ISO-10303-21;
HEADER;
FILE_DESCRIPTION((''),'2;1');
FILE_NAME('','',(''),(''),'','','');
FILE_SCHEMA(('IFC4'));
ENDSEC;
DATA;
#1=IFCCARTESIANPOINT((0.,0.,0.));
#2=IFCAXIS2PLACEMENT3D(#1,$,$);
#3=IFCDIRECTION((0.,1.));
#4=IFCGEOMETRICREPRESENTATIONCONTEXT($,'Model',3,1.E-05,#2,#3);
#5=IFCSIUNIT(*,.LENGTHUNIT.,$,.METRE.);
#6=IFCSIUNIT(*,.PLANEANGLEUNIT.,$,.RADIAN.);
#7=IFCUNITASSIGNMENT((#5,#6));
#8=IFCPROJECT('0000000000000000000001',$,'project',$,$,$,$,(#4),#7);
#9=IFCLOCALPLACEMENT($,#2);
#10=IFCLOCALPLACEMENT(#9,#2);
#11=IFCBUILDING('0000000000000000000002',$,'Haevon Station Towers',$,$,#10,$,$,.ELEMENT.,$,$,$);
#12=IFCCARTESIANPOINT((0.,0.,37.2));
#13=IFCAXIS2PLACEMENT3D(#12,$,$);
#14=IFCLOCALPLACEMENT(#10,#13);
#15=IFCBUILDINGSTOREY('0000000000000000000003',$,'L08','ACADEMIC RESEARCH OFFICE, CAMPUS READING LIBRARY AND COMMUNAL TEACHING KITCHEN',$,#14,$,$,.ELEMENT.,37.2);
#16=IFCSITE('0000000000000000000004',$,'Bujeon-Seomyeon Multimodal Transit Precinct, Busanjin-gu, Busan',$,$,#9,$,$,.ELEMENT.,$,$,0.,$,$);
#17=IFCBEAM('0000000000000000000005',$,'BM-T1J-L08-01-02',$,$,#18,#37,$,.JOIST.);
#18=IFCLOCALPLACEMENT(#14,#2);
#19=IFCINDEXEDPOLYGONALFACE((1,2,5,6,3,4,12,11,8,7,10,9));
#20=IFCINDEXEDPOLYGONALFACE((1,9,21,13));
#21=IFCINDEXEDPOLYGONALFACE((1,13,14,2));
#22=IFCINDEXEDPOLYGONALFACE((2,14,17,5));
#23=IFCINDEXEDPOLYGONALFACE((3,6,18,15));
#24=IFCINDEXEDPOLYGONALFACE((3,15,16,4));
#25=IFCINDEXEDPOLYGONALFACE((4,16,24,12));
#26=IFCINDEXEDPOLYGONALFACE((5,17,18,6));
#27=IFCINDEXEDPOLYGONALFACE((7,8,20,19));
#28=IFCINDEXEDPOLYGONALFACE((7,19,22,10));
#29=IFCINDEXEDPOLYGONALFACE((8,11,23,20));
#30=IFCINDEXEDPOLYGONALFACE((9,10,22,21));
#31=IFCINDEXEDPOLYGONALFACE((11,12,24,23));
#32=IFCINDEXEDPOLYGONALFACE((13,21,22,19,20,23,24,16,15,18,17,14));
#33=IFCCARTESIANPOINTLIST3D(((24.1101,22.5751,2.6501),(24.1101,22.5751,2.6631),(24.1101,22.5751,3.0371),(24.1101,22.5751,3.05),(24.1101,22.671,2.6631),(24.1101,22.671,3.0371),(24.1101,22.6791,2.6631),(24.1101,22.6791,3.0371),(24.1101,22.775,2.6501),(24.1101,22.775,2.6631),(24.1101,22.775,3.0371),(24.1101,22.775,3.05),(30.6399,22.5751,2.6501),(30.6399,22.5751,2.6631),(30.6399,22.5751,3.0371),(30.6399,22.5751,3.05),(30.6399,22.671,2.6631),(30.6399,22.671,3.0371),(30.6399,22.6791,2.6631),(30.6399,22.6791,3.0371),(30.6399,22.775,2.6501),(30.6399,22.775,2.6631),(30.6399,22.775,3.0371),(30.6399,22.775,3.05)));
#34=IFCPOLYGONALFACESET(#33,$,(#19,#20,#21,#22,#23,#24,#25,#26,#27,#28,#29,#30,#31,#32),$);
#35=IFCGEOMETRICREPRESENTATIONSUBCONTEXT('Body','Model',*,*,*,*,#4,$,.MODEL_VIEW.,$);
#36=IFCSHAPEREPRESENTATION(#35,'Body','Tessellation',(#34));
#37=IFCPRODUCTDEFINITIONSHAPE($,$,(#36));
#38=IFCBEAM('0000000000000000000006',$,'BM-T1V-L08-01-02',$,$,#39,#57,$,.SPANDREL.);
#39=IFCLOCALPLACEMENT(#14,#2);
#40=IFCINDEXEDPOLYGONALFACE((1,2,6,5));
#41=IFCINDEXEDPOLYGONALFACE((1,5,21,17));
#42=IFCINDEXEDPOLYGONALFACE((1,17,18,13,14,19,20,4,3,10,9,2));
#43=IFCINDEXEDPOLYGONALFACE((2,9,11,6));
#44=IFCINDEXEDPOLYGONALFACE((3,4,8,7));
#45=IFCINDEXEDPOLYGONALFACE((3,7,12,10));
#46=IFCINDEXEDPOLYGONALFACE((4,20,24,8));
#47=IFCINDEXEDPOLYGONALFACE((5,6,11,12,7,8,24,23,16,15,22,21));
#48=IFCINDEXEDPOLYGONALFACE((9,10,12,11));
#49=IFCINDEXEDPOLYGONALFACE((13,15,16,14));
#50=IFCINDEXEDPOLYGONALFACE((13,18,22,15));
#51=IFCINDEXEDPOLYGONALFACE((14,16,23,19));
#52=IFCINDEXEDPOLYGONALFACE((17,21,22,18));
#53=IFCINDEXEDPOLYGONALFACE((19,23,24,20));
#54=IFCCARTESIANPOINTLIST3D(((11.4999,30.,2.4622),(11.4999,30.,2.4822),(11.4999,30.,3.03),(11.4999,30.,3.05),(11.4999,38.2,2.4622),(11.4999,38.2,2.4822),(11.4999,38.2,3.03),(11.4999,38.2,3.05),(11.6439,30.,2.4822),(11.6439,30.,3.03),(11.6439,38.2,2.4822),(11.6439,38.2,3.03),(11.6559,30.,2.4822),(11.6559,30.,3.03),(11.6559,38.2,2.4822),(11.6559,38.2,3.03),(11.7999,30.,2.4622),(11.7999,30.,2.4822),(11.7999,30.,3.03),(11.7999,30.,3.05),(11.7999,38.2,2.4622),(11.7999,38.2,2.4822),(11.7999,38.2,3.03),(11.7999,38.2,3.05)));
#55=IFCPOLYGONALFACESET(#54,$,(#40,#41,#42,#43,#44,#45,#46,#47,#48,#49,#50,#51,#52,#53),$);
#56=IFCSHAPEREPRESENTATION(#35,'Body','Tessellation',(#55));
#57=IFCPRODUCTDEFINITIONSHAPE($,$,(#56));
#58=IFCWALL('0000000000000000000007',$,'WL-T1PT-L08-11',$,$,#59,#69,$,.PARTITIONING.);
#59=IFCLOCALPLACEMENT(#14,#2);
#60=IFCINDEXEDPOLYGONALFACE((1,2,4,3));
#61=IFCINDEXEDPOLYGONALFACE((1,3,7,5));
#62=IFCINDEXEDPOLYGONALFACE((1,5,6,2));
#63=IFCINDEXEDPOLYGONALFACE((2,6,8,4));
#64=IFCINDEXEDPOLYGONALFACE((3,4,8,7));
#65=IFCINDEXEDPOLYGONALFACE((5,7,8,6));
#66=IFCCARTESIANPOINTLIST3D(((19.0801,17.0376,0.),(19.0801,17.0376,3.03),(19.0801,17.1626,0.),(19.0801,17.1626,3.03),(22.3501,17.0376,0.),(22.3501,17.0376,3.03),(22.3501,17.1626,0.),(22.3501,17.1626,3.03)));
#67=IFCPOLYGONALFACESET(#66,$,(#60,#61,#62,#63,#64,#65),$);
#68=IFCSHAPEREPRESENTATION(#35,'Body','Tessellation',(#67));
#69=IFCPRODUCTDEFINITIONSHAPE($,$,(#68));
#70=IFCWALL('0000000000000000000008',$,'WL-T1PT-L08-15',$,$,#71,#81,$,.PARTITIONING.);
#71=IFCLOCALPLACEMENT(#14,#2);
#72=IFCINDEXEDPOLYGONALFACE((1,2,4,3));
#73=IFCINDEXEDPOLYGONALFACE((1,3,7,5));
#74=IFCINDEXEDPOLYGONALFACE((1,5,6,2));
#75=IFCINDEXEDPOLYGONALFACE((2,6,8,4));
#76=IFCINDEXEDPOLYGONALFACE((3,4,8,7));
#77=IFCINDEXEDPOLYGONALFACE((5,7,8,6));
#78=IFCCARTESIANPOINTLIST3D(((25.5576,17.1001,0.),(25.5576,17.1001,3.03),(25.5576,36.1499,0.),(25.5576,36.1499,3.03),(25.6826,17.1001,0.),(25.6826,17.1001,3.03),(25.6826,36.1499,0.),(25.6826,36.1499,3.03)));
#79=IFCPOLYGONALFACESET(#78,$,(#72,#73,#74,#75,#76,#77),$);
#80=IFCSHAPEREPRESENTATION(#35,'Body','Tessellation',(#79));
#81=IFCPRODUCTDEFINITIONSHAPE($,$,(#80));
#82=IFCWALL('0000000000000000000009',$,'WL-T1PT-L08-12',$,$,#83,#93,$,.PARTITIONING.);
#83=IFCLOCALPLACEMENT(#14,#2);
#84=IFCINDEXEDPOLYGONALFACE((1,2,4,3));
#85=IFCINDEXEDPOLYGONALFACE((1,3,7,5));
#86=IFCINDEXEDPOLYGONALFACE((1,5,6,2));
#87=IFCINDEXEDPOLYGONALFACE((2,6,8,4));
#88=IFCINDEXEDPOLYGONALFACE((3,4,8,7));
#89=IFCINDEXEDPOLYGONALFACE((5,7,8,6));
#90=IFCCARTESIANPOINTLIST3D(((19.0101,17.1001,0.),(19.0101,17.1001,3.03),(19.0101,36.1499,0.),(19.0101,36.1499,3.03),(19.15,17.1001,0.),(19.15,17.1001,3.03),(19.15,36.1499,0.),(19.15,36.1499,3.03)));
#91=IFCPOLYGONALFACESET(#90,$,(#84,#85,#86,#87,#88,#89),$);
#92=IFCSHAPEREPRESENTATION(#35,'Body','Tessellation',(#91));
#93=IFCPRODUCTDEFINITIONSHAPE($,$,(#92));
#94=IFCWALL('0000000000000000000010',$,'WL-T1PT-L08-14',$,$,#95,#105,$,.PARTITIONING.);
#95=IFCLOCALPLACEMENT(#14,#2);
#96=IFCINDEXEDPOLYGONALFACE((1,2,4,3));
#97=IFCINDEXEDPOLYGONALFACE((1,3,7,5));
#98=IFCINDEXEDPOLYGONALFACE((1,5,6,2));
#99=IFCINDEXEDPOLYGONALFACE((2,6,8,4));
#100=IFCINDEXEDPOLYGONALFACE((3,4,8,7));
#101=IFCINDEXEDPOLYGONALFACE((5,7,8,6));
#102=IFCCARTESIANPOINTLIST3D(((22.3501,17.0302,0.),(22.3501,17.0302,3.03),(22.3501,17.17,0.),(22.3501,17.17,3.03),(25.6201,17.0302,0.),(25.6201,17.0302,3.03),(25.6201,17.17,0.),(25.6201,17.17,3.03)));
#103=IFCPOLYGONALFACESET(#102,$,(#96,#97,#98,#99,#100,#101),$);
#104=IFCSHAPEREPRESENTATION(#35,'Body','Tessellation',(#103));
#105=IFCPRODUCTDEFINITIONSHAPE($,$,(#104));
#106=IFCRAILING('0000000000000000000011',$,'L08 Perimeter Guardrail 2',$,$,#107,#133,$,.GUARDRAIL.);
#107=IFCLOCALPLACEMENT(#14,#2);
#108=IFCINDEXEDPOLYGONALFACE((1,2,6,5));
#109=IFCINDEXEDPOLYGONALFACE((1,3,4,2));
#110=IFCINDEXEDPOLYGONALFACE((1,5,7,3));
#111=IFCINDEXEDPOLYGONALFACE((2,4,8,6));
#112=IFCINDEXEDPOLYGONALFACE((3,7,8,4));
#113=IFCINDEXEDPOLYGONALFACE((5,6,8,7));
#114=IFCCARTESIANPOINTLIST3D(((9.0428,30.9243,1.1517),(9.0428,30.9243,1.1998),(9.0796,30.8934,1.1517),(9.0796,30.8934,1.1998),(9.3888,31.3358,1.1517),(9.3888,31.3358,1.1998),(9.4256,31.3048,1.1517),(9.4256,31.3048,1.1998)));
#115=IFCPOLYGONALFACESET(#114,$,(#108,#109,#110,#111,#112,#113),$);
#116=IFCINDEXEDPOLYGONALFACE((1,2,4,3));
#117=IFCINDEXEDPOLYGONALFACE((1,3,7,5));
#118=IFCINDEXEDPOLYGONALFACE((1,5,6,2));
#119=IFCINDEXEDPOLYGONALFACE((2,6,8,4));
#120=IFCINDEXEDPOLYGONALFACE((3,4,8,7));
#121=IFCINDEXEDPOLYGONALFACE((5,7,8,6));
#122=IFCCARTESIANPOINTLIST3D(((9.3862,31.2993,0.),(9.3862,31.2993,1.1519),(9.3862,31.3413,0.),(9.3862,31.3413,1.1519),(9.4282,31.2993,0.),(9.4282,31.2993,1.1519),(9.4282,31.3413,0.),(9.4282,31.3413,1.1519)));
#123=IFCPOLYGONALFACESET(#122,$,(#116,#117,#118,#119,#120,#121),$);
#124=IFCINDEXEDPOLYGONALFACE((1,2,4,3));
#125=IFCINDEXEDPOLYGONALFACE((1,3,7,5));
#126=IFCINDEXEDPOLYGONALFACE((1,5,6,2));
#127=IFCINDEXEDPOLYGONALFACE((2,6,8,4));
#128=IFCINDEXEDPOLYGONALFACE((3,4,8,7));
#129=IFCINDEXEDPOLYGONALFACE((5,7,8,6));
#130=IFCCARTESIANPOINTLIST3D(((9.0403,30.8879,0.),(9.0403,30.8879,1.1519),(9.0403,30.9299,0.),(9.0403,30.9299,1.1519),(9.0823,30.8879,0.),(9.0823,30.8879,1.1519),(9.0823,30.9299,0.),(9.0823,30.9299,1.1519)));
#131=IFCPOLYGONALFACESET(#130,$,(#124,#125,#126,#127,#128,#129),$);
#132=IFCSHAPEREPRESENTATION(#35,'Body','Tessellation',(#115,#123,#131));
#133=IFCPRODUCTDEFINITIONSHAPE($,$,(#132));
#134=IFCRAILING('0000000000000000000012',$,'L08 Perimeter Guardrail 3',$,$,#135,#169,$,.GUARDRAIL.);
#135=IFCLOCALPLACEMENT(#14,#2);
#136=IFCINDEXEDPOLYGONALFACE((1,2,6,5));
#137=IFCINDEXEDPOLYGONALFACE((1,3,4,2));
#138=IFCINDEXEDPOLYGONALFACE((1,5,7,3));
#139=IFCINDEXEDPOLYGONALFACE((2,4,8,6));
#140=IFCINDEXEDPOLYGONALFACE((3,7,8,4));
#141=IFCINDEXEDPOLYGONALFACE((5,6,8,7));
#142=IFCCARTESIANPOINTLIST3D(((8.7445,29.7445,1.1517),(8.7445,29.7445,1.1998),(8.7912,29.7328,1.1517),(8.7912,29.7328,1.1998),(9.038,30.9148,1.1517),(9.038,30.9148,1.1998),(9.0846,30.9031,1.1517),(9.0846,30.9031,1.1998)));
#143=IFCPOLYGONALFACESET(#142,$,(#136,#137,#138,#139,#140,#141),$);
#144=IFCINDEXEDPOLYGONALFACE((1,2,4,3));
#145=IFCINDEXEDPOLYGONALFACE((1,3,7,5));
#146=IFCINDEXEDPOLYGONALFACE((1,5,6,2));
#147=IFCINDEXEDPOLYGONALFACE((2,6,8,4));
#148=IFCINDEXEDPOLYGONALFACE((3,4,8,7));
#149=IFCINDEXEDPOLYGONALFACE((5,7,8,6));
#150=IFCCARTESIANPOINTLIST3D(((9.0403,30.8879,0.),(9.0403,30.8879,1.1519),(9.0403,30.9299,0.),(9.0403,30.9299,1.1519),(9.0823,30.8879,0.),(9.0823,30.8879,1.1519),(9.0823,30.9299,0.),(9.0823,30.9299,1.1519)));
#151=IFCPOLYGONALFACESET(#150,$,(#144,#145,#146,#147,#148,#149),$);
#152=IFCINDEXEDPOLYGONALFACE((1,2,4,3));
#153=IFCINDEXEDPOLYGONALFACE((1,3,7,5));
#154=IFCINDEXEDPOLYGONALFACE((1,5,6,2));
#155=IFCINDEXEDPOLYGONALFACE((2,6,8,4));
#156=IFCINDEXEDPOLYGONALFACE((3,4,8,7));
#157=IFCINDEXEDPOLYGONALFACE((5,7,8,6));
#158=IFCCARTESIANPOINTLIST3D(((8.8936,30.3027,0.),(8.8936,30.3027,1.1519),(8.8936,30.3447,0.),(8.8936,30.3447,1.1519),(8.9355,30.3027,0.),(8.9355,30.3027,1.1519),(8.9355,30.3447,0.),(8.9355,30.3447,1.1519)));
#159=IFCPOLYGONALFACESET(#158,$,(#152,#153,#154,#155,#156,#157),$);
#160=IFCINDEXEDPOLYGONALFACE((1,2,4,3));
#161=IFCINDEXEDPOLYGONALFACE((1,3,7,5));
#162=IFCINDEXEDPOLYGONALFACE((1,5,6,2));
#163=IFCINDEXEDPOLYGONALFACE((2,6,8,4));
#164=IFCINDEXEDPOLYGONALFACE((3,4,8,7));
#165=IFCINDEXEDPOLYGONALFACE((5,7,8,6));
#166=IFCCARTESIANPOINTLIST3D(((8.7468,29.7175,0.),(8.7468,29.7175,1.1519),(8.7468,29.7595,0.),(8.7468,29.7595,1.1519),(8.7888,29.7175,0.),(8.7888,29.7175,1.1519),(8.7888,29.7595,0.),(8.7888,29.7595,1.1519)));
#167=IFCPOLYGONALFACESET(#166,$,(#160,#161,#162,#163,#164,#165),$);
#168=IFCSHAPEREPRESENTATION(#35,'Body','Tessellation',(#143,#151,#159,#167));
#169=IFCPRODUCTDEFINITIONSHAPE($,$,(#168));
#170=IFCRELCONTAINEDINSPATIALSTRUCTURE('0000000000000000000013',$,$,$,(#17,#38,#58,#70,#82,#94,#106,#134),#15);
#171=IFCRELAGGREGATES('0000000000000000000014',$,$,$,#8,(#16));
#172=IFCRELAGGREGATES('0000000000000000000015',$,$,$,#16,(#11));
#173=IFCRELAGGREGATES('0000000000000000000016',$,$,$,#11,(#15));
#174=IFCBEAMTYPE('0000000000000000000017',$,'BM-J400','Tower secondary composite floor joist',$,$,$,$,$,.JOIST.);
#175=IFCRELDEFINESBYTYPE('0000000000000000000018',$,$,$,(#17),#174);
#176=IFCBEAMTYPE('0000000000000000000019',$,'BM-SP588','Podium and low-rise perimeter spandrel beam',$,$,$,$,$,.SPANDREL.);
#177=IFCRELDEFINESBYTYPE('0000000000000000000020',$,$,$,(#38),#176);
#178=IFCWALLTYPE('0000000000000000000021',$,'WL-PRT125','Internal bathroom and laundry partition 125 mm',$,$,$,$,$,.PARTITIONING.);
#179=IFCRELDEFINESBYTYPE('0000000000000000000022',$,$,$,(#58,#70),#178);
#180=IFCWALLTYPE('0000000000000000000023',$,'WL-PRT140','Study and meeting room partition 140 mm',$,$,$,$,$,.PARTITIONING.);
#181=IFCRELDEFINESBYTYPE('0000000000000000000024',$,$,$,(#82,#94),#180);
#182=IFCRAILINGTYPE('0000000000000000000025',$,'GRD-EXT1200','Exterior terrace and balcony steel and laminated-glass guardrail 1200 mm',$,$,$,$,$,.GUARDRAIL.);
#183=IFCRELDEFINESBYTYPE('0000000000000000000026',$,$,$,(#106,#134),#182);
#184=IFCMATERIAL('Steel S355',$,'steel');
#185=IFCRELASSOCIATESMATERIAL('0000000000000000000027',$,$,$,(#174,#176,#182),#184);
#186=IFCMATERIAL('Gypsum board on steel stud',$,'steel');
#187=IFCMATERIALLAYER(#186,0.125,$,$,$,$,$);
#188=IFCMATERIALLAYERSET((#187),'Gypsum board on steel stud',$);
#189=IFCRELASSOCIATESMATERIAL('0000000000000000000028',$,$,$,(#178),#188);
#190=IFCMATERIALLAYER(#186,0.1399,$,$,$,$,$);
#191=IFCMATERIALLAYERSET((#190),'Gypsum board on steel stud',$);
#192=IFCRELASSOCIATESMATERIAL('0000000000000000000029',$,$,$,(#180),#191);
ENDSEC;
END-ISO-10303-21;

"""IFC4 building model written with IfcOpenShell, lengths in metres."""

from ifc_helpers import new_model, si_unit, direction, frame, frame_2d, origin, origin_2d, place, context, subcontext, project, spatial, rectangle, i_section, extrude, material, layer, layer_set, material_profile, profile_set, type_object, element, save


model = new_model("IFC4")

# Units and contexts
model_context = context("Model", 3, precision=1e-05, world=origin(), true_north=direction((0.0, 1.0)))
body_context = subcontext(model_context, "Body", "Model", "MODEL_VIEW")
ifc_project = project(units=[si_unit("LENGTHUNIT", "METRE"), si_unit("PLANEANGLEUNIT", "RADIAN")], contexts=[model_context])

# Site, building, storey
site_placement = place(None, origin())
site = spatial("IfcSite", under=ifc_project, at=site_placement, Name="Bujeon-Seomyeon Multimodal Transit Precinct, Busanjin-gu, Busan", CompositionType="ELEMENT", RefElevation=0.0)
building_placement = place(site_placement, origin())
building = spatial("IfcBuilding", under=site, at=building_placement, Name="Haevon Station Towers", CompositionType="ELEMENT")
storey_placement = place(building_placement, frame((0.0, 0.0, 37.2)))
storey = spatial("IfcBuildingStorey", under=building, at=storey_placement, Name="L08", Description="ACADEMIC RESEARCH OFFICE, CAMPUS READING LIBRARY AND COMMUNAL TEACHING KITCHEN", CompositionType="ELEMENT", Elevation=37.2)

# Beams
ifc_material_1 = material(Name="Steel S355", Category="steel")
ifc_material_profile_1 = material_profile(ifc_material_1, i_section(OverallWidth=0.2, OverallDepth=0.3999, WebThickness=0.0081, FlangeThickness=0.0129, at=origin_2d()), Name="H-400x200x8x13")
ifc_profile_set_1 = profile_set([ifc_material_profile_1], Name="Steel S355")
beam_type_1 = type_object("IfcBeamType", Name="BM-J400", Description="Tower secondary composite floor joist", PredefinedType="JOIST", material=ifc_profile_set_1)
beam_1_placement = place(storey_placement, frame((24.1101, 22.675, 2.8501), z_axis=(1.0, 0.0, 0.0), x_axis=(0.0, 1.0, 0.0)))
element("IfcBeam", 1, at=beam_1_placement, inside=storey, type_object=beam_type_1, Name="BM-T1J-L08-01-02", PredefinedType="JOIST", context=body_context, shape_type="SweptSolid", body=[
    extrude(i_section(OverallWidth=0.2, OverallDepth=0.3999, WebThickness=0.0081, FlangeThickness=0.0129, at=origin_2d()), origin(), (0.0, 0.0, 1.0), 6.5298),
])
ifc_material_profile_2 = material_profile(ifc_material_1, i_section(OverallWidth=0.3, OverallDepth=0.5879, WebThickness=0.012, FlangeThickness=0.02, at=origin_2d()), Name="H-588x300x12x20")
ifc_profile_set_2 = profile_set([ifc_material_profile_2], Name="Steel S355")
beam_type_2 = type_object("IfcBeamType", Name="BM-SP588", Description="Podium and low-rise perimeter spandrel beam", PredefinedType="SPANDREL", material=ifc_profile_set_2)
beam_2_placement = place(storey_placement, frame((11.6499, 30.0, 2.7561), z_axis=(0.0, 1.0, 0.0), x_axis=(-1.0, 0.0, 0.0)))
element("IfcBeam", 2, at=beam_2_placement, inside=storey, type_object=beam_type_2, Name="BM-T1V-L08-01-02", PredefinedType="SPANDREL", context=body_context, shape_type="SweptSolid", body=[
    extrude(i_section(OverallWidth=0.3, OverallDepth=0.5879, WebThickness=0.012, FlangeThickness=0.02, at=origin_2d()), origin(), (0.0, 0.0, 1.0), 8.2),
])

# Walls
ifc_material_2 = material(Name="Gypsum board on steel stud", Category="steel")
ifc_layer_1 = layer(ifc_material_2, 0.125)
ifc_layer_set_1 = layer_set([ifc_layer_1], Name="Gypsum board on steel stud")
wall_type_1 = type_object("IfcWallType", Name="WL-PRT125", Description="Internal bathroom and laundry partition 125 mm", PredefinedType="PARTITIONING", material=ifc_layer_set_1)
wall_1_placement = place(storey_placement, frame((19.0801, 17.1001, 0.0), z_axis=(0.0, 0.0, 1.0), x_axis=(1.0, 0.0, 0.0)))
element("IfcWall", 3, at=wall_1_placement, inside=storey, type_object=wall_type_1, Name="WL-T1PT-L08-11", PredefinedType="PARTITIONING", context=body_context, shape_type="SweptSolid", body=[
    extrude(rectangle(XDim=3.27, YDim=0.125, at=frame_2d((1.635, 0.0))), origin(), (0.0, 0.0, 1.0), 3.03),
])
wall_2_placement = place(storey_placement, frame((25.6201, 17.1001, 0.0), z_axis=(0.0, 0.0, 1.0), x_axis=(0.0, 1.0, 0.0)))
element("IfcWall", 4, at=wall_2_placement, inside=storey, type_object=wall_type_1, Name="WL-T1PT-L08-15", PredefinedType="PARTITIONING", context=body_context, shape_type="SweptSolid", body=[
    extrude(rectangle(XDim=19.0498, YDim=0.125, at=frame_2d((9.5249, 0.0))), origin(), (0.0, 0.0, 1.0), 3.03),
])
ifc_layer_2 = layer(ifc_material_2, 0.1399)
ifc_layer_set_2 = layer_set([ifc_layer_2], Name="Gypsum board on steel stud")
wall_type_2 = type_object("IfcWallType", Name="WL-PRT140", Description="Study and meeting room partition 140 mm", PredefinedType="PARTITIONING", material=ifc_layer_set_2)
wall_3_placement = place(storey_placement, frame((19.0801, 17.1001, 0.0), z_axis=(0.0, 0.0, 1.0), x_axis=(0.0, 1.0, 0.0)))
element("IfcWall", 5, at=wall_3_placement, inside=storey, type_object=wall_type_2, Name="WL-T1PT-L08-12", PredefinedType="PARTITIONING", context=body_context, shape_type="SweptSolid", body=[
    extrude(rectangle(XDim=19.0498, YDim=0.1399, at=frame_2d((9.5249, 0.0))), origin(), (0.0, 0.0, 1.0), 3.03),
])
wall_4_placement = place(storey_placement, frame((22.3501, 17.1001, 0.0), z_axis=(0.0, 0.0, 1.0), x_axis=(1.0, 0.0, 0.0)))
element("IfcWall", 6, at=wall_4_placement, inside=storey, type_object=wall_type_2, Name="WL-T1PT-L08-14", PredefinedType="PARTITIONING", context=body_context, shape_type="SweptSolid", body=[
    extrude(rectangle(XDim=3.27, YDim=0.1399, at=frame_2d((1.635, 0.0))), origin(), (0.0, 0.0, 1.0), 3.03),
])

# Railings
railing_type = type_object("IfcRailingType", Name="GRD-EXT1200", Description="Exterior terrace and balcony steel and laminated-glass guardrail 1200 mm", PredefinedType="GUARDRAIL", material=ifc_material_1)
railing_1_placement = place(storey_placement, frame((9.4072, 31.3203, 0.0)))
element("IfcRailing", 7, at=railing_1_placement, inside=storey, type_object=railing_type, Name="L08 Perimeter Guardrail 2", PredefinedType="GUARDRAIL", context=body_context, shape_type="SweptSolid", body=[
    extrude(rectangle(XDim=0.0481, YDim=0.0481, at=origin_2d()), frame((0.0, 0.0, 1.1758), z_axis=(-0.643618, -0.765347, 0.0), x_axis=(0.765347, -0.643618, 0.0)), (0.0, 0.0, 1.0), 0.5376),
    extrude(rectangle(XDim=0.042, YDim=0.042, at=origin_2d()), origin(), (0.0, 0.0, 1.0), 1.1519),
    extrude(rectangle(XDim=0.042, YDim=0.042, at=origin_2d()), frame((-0.3459, -0.4114, 0.0)), (0.0, 0.0, 1.0), 1.1519),
])
railing_2_placement = place(storey_placement, frame((9.0613, 30.9089, 0.0)))
element("IfcRailing", 8, at=railing_2_placement, inside=storey, type_object=railing_type, Name="L08 Perimeter Guardrail 3", PredefinedType="GUARDRAIL", context=body_context, shape_type="SweptSolid", body=[
    extrude(rectangle(XDim=0.0481, YDim=0.0481, at=origin_2d()), frame((0.0, 0.0, 1.1758), z_axis=(-0.243202, -0.969976, 0.0), x_axis=(0.969976, -0.243202, 0.0)), (0.0, 0.0, 1.0), 1.2065),
    extrude(rectangle(XDim=0.042, YDim=0.042, at=origin_2d()), origin(), (0.0, 0.0, 1.0), 1.1519),
    extrude(rectangle(XDim=0.042, YDim=0.042, at=origin_2d()), frame((-0.1467, -0.5852, 0.0)), (0.0, 0.0, 1.0), 1.1519),
    extrude(rectangle(XDim=0.042, YDim=0.042, at=origin_2d()), frame((-0.2935, -1.1704, 0.0)), (0.0, 0.0, 1.0), 1.1519),
])

save(model, "model.ifc")
